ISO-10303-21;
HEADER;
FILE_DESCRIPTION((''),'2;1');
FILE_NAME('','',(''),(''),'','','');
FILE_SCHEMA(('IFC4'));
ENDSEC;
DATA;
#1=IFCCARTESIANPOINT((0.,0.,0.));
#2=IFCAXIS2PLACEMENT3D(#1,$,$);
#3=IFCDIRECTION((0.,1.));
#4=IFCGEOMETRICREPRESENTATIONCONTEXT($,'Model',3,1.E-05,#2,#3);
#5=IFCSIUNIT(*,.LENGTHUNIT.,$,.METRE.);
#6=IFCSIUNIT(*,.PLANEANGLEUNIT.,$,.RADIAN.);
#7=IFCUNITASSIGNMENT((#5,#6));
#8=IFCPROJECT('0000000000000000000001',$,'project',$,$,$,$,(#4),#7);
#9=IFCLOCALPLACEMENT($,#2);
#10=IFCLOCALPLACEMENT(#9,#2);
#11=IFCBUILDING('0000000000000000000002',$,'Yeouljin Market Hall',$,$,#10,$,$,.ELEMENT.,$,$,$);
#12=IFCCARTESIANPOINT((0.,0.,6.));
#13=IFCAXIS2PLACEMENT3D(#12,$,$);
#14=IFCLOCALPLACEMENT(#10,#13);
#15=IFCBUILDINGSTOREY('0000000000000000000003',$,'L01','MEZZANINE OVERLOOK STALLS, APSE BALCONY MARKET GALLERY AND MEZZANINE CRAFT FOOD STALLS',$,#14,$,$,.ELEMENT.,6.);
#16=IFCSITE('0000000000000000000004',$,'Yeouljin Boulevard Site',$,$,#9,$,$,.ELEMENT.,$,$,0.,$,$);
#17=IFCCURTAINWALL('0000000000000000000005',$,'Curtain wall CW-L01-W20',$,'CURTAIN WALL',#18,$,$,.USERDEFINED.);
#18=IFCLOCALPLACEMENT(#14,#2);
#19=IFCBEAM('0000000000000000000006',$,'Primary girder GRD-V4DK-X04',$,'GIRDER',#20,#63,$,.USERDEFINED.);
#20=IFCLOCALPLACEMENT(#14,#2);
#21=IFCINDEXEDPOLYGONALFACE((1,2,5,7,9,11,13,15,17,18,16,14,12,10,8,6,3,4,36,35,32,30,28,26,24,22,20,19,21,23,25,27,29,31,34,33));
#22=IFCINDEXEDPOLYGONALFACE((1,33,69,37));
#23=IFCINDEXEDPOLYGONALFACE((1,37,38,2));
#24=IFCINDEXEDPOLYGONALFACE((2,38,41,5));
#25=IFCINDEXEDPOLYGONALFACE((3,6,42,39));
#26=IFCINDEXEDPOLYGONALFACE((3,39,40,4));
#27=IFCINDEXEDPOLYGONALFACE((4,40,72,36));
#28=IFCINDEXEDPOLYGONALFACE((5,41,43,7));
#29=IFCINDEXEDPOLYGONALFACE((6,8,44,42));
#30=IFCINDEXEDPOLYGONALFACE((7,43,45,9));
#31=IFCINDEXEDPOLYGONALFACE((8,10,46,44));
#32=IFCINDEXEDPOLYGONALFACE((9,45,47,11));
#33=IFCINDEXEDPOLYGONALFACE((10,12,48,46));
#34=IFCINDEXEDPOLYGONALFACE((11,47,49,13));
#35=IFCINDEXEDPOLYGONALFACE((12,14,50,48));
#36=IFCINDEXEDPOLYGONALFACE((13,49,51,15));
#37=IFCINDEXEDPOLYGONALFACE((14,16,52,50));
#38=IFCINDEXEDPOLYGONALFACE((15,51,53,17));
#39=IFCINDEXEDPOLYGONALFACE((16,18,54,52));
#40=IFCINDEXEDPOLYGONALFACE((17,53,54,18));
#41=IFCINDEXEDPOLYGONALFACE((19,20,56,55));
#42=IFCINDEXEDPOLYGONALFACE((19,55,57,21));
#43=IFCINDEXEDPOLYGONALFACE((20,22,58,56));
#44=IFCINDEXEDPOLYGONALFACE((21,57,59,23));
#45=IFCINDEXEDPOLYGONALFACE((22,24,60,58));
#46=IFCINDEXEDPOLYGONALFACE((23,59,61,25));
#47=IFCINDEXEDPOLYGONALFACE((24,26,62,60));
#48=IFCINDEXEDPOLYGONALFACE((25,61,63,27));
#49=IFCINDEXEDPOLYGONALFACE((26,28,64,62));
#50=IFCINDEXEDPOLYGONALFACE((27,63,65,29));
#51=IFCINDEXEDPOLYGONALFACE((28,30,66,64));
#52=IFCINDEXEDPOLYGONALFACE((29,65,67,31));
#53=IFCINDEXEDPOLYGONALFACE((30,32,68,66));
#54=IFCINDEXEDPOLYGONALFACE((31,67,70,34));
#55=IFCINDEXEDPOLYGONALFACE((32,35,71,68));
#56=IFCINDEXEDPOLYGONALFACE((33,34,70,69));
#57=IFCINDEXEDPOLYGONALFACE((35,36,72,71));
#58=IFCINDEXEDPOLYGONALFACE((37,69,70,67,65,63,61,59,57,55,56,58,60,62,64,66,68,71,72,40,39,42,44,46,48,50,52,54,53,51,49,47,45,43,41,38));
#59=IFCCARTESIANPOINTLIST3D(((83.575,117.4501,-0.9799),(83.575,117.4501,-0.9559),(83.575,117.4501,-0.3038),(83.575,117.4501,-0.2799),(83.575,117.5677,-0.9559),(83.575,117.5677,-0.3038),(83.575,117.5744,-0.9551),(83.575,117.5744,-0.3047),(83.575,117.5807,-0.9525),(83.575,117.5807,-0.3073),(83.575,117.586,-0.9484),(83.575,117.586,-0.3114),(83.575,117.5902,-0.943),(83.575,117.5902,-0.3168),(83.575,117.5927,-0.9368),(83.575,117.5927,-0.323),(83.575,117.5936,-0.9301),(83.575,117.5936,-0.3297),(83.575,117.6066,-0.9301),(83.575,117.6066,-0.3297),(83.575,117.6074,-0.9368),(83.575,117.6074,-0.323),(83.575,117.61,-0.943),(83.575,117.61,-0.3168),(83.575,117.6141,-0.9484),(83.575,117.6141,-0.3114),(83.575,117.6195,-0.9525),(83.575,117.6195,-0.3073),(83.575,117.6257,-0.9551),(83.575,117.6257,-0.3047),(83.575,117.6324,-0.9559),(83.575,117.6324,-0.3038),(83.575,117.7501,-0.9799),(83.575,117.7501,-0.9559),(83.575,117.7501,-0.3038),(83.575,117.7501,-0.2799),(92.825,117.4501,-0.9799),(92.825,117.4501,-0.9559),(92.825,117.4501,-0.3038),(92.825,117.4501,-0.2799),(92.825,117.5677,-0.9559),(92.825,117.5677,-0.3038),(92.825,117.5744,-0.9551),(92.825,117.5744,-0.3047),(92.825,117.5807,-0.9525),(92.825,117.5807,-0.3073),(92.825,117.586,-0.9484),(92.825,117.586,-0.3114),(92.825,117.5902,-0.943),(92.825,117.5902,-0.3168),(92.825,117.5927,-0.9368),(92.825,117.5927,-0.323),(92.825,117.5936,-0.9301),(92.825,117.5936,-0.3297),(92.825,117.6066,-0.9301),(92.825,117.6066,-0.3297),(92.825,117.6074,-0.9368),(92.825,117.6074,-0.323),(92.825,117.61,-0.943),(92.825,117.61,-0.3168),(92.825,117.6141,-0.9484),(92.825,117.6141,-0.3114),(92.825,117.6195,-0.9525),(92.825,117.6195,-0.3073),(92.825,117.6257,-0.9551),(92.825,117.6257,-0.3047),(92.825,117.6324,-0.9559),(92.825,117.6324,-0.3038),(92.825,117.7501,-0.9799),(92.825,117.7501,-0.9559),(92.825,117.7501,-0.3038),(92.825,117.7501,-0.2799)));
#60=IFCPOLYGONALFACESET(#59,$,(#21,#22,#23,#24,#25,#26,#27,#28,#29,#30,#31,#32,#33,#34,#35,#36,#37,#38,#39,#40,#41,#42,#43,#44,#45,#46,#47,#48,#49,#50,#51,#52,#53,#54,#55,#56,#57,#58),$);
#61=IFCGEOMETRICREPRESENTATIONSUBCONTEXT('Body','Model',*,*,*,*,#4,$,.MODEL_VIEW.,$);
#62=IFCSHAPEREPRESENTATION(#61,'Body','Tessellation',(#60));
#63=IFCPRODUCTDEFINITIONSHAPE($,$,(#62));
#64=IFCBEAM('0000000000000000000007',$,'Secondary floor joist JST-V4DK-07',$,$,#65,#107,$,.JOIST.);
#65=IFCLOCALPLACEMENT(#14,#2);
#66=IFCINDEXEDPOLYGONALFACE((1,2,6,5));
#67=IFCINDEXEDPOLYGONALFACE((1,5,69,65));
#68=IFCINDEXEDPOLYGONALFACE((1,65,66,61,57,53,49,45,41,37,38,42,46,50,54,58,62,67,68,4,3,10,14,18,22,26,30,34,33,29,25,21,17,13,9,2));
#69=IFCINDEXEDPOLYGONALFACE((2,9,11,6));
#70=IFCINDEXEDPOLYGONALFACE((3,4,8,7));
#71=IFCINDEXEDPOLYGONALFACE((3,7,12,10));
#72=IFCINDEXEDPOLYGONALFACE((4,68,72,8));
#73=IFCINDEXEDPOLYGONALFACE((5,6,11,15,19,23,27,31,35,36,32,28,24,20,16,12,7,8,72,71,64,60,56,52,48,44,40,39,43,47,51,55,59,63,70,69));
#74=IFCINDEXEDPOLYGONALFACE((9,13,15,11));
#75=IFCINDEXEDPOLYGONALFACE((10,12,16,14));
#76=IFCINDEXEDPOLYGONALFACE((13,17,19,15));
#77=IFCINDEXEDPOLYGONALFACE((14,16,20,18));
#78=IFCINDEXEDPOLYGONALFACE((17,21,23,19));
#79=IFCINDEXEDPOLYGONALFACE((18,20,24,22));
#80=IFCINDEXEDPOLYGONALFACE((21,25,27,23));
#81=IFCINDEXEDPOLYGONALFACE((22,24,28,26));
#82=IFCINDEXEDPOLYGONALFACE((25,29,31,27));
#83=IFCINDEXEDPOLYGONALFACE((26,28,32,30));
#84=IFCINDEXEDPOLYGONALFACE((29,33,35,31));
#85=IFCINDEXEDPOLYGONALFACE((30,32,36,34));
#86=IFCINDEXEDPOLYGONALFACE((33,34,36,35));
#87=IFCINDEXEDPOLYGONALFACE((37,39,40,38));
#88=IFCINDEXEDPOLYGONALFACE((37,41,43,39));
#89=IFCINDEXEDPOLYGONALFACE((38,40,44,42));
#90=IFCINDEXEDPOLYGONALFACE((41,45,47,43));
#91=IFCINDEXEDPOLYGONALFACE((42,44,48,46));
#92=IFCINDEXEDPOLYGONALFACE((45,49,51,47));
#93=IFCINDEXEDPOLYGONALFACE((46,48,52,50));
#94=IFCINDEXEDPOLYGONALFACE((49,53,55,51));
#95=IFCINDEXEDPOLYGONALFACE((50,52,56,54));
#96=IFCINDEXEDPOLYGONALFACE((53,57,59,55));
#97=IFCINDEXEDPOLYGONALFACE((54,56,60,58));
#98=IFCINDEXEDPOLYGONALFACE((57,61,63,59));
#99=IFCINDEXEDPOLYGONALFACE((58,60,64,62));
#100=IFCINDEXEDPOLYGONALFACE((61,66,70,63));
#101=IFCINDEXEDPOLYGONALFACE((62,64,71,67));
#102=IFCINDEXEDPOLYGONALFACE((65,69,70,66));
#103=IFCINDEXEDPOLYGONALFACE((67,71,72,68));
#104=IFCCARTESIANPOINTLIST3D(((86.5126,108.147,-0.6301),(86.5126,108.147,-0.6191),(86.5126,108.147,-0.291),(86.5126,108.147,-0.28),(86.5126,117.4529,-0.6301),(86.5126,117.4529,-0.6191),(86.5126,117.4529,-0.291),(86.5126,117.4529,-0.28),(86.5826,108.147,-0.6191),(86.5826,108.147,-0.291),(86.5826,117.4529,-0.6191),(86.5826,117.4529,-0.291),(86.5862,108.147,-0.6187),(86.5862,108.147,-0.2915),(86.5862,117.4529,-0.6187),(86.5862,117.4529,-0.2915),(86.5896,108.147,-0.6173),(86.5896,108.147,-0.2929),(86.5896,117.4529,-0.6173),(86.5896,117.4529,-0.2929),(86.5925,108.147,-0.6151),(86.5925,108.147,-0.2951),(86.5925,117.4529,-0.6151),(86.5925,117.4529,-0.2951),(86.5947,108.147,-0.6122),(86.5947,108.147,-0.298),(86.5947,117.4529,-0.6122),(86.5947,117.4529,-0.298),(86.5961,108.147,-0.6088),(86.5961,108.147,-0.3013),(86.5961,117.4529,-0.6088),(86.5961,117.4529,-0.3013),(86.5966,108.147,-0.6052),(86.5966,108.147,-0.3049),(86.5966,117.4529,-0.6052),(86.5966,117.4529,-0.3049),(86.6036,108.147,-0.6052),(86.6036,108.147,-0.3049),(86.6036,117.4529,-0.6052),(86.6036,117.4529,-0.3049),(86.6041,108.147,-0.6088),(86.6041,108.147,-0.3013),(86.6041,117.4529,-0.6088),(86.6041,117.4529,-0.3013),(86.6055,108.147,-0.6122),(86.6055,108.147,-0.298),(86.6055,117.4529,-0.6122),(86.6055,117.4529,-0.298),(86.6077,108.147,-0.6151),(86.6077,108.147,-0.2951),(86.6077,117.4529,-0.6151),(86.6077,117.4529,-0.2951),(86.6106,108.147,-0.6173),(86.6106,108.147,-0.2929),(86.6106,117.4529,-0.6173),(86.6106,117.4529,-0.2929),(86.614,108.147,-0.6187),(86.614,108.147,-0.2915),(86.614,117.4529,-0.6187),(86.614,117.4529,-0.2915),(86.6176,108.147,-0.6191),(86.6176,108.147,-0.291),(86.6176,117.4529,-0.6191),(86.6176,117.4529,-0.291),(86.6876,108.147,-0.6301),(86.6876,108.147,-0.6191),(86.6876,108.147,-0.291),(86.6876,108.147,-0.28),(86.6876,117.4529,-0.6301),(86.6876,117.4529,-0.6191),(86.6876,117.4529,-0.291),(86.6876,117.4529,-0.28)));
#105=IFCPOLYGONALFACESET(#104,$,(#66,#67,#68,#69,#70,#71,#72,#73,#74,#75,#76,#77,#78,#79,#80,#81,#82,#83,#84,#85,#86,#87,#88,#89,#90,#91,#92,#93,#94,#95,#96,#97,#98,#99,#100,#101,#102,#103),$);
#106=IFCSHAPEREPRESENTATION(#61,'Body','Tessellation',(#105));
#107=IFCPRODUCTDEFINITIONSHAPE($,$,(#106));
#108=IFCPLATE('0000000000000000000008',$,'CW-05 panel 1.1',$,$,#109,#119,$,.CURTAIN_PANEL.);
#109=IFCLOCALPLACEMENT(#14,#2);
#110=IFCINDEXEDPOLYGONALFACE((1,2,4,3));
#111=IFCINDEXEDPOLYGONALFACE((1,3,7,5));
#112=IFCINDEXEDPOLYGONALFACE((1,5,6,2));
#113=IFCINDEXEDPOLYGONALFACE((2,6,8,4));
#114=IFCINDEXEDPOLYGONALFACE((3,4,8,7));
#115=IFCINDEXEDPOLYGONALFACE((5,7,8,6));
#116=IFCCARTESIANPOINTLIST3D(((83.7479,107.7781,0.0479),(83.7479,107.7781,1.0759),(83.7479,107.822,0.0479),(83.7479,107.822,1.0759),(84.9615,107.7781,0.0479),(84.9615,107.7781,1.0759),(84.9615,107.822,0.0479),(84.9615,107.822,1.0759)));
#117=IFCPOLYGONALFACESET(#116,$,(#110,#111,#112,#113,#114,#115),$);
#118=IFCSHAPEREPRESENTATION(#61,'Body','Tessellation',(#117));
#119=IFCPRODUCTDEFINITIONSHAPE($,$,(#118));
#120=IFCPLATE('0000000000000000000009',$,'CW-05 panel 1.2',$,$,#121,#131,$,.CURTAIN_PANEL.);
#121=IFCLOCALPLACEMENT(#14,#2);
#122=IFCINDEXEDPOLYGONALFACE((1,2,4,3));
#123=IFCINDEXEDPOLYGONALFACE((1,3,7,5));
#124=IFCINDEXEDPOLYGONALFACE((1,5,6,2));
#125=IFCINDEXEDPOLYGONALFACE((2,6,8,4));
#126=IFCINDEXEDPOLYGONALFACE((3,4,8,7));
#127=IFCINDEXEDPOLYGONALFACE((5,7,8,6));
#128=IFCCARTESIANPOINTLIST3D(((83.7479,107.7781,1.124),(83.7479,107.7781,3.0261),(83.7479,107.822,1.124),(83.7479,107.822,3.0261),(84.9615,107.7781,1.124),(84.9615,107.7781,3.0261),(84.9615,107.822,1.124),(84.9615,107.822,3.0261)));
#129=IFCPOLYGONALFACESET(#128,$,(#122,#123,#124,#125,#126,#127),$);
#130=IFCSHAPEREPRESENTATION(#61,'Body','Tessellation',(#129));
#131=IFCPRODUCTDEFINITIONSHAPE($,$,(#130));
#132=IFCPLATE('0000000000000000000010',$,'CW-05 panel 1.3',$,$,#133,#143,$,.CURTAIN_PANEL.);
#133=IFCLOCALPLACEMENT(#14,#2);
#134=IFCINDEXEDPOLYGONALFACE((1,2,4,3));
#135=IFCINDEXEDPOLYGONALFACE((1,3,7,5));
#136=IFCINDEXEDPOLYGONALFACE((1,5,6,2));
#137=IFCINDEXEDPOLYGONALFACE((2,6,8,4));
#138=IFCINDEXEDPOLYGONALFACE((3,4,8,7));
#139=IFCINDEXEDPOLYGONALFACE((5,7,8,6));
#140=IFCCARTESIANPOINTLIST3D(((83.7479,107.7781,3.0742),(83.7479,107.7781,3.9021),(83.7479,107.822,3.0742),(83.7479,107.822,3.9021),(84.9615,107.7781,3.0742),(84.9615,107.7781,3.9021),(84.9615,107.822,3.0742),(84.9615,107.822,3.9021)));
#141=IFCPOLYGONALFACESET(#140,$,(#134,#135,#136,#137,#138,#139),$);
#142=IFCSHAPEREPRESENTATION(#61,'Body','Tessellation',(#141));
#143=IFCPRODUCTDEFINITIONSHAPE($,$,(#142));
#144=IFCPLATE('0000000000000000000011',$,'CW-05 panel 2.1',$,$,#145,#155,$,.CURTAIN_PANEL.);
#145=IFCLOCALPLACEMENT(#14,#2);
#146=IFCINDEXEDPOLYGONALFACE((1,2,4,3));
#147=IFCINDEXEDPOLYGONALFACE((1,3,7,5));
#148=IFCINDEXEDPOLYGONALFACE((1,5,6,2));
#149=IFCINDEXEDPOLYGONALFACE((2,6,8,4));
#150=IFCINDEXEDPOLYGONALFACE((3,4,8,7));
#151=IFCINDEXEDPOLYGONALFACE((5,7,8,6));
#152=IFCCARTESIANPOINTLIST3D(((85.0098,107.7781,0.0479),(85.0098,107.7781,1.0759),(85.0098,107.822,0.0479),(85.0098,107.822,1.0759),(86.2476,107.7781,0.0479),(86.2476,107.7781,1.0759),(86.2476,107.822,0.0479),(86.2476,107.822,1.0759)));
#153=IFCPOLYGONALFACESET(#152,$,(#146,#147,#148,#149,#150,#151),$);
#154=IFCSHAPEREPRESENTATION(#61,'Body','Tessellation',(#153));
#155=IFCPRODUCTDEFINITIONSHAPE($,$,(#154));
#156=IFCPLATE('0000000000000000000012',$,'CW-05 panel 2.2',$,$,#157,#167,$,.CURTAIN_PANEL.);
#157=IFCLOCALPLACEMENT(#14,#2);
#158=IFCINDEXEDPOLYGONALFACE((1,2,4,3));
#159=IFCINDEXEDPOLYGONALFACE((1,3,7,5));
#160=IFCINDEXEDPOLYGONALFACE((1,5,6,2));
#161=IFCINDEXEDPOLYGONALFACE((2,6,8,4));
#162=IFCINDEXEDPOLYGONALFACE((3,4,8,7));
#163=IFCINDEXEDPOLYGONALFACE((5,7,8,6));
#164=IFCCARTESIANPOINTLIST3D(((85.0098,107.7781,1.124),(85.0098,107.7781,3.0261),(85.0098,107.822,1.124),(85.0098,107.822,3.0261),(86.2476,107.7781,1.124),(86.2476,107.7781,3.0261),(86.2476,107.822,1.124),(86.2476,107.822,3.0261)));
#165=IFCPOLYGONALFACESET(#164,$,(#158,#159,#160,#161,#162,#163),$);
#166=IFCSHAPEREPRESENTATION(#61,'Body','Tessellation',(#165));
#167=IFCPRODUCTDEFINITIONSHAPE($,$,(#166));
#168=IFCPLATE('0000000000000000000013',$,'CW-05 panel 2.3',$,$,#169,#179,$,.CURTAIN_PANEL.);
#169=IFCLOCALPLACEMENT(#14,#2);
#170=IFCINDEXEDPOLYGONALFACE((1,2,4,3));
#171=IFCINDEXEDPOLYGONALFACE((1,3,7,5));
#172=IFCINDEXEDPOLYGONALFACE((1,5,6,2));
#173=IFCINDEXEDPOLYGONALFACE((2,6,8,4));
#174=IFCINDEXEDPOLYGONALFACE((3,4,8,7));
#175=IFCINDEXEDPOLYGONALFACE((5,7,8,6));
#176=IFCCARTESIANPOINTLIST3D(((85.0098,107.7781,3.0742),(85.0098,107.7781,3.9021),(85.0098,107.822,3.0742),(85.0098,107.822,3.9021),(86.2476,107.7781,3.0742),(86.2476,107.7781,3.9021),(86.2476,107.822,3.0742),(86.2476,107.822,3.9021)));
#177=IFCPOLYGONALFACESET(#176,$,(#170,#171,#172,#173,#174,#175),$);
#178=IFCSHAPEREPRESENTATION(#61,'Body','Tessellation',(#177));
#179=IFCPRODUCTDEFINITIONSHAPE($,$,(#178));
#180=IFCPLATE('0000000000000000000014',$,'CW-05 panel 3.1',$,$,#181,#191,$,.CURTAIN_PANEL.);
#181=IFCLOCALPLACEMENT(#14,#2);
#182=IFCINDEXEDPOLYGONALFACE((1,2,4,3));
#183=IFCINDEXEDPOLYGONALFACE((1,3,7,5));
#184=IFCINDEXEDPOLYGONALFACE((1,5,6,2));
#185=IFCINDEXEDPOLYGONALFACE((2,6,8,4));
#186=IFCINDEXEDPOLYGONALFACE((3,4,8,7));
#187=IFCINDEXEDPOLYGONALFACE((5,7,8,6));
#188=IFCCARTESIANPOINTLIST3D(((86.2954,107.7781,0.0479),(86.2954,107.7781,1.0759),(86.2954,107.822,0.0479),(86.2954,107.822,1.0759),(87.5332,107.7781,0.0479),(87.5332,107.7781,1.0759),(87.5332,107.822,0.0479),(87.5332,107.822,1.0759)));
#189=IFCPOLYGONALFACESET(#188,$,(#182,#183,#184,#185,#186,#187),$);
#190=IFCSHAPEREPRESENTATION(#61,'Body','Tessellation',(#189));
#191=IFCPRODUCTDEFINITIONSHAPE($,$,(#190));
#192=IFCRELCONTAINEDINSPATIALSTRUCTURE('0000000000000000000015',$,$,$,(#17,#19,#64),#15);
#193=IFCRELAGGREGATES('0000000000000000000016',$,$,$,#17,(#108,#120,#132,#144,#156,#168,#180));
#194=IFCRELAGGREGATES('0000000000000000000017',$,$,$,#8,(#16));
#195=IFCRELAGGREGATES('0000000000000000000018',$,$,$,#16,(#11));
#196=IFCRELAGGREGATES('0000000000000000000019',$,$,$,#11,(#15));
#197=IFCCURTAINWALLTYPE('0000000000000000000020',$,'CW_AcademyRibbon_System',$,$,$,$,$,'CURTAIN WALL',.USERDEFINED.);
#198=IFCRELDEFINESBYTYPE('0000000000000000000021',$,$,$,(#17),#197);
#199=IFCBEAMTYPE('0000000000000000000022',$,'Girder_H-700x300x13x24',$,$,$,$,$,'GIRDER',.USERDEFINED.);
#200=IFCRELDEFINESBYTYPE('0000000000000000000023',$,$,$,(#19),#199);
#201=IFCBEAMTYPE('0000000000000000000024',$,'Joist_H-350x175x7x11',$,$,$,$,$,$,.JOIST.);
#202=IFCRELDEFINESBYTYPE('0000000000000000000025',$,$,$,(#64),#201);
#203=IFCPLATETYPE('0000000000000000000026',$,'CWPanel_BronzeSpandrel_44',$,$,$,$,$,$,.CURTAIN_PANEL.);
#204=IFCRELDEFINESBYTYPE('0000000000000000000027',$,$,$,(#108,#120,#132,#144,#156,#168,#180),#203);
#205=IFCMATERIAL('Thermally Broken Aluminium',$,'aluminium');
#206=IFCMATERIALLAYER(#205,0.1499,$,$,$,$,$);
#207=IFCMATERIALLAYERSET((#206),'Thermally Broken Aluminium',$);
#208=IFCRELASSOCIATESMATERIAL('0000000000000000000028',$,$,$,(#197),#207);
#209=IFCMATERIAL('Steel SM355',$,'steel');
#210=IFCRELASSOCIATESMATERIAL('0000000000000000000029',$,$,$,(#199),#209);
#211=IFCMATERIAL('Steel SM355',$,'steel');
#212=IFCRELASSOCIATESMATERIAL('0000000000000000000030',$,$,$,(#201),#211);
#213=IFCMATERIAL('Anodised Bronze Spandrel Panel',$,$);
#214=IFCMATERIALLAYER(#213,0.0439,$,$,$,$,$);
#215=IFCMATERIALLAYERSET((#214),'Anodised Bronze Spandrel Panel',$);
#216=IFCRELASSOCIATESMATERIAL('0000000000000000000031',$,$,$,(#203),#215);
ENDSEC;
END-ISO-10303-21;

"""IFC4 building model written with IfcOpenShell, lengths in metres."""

from ifc_helpers import new_model, si_unit, direction, frame, origin, origin_2d, place, context, subcontext, project, spatial, rectangle, i_section, extrude, material, layer, layer_set, material_profile, profile_set, type_object, element, aggregate, save


model = new_model("IFC4")

# Units and contexts
model_context = context("Model", 3, precision=1e-05, world=origin(), true_north=direction((0.0, 1.0)))
body_context = subcontext(model_context, "Body", "Model", "MODEL_VIEW")
ifc_project = project(units=[si_unit("LENGTHUNIT", "METRE"), si_unit("PLANEANGLEUNIT", "RADIAN")], contexts=[model_context])

# Site, building, storey
site_placement = place(None, origin())
site = spatial("IfcSite", under=ifc_project, at=site_placement, Name="Yeouljin Boulevard Site", CompositionType="ELEMENT", RefElevation=0.0)
building_placement = place(site_placement, origin())
building = spatial("IfcBuilding", under=site, at=building_placement, Name="Yeouljin Market Hall", CompositionType="ELEMENT")
storey_placement = place(building_placement, frame((0.0, 0.0, 6.0)))
storey = spatial("IfcBuildingStorey", under=building, at=storey_placement, Name="L01", Description="MEZZANINE OVERLOOK STALLS, APSE BALCONY MARKET GALLERY AND MEZZANINE CRAFT FOOD STALLS", CompositionType="ELEMENT", Elevation=6.0)

# Curtain wall
ifc_material_1 = material(Name="Thermally Broken Aluminium", Category="aluminium")
ifc_layer_1 = layer(ifc_material_1, 0.1499)
ifc_layer_set_1 = layer_set([ifc_layer_1], Name="Thermally Broken Aluminium")
curtain_wall_type = type_object("IfcCurtainWallType", Name="CW_AcademyRibbon_System", ElementType="CURTAIN WALL", PredefinedType="USERDEFINED", material=ifc_layer_set_1)
curtain_wall_placement = place(storey_placement, origin())
curtain_wall = element("IfcCurtainWall", 1, at=curtain_wall_placement, inside=storey, type_object=curtain_wall_type, Name="Curtain wall CW-L01-W20", ObjectType="CURTAIN WALL", PredefinedType="USERDEFINED")

# Beams
ifc_material_2 = material(Name="Steel SM355", Category="steel")
ifc_material_profile_1 = material_profile(ifc_material_2, i_section(OverallWidth=0.3, OverallDepth=0.7, WebThickness=0.0129, FlangeThickness=0.0239, FilletRadius=0.0259, at=origin_2d()), Name="H-700x300x13x24")
ifc_profile_set_1 = profile_set([ifc_material_profile_1], Name="Steel SM355")
beam_type_1 = type_object("IfcBeamType", Name="Girder_H-700x300x13x24", ElementType="GIRDER", PredefinedType="USERDEFINED", material=ifc_profile_set_1)
beam_1_placement = place(storey_placement, frame((83.575, 117.6001, -0.6299), z_axis=(1.0, 0.0, 0.0), x_axis=(0.0, 1.0, 0.0)))
element("IfcBeam", 2, at=beam_1_placement, inside=storey, type_object=beam_type_1, Name="Primary girder GRD-V4DK-X04", ObjectType="GIRDER", PredefinedType="USERDEFINED", context=body_context, shape_type="SweptSolid", body=[
    extrude(i_section(OverallWidth=0.3, OverallDepth=0.7, WebThickness=0.0129, FlangeThickness=0.0239, FilletRadius=0.0259, at=origin_2d()), origin(), (0.0, 0.0, 1.0), 9.25),
])
ifc_material_3 = material(Name="Steel SM355", Category="steel")
ifc_material_profile_2 = material_profile(ifc_material_3, i_section(OverallWidth=0.175, OverallDepth=0.3501, WebThickness=0.0071, FlangeThickness=0.011, FilletRadius=0.0139, at=origin_2d()), Name="H-350x175x7x11")
ifc_profile_set_2 = profile_set([ifc_material_profile_2], Name="Steel SM355")
beam_type_2 = type_object("IfcBeamType", Name="Joist_H-350x175x7x11", PredefinedType="JOIST", material=ifc_profile_set_2)
beam_2_placement = place(storey_placement, frame((86.6001, 108.147, -0.4551), z_axis=(0.0, 1.0, 0.0), x_axis=(-1.0, 0.0, 0.0)))
element("IfcBeam", 3, at=beam_2_placement, inside=storey, type_object=beam_type_2, Name="Secondary floor joist JST-V4DK-07", PredefinedType="JOIST", context=body_context, shape_type="SweptSolid", body=[
    extrude(i_section(OverallWidth=0.175, OverallDepth=0.3501, WebThickness=0.0071, FlangeThickness=0.011, FilletRadius=0.0139, at=origin_2d()), origin(), (0.0, 0.0, 1.0), 9.3059),
])

# Plates
ifc_material_4 = material(Name="Anodised Bronze Spandrel Panel")
ifc_layer_2 = layer(ifc_material_4, 0.0439)
ifc_layer_set_2 = layer_set([ifc_layer_2], Name="Anodised Bronze Spandrel Panel")
plate_type = type_object("IfcPlateType", Name="CWPanel_BronzeSpandrel_44", PredefinedType="CURTAIN_PANEL", material=ifc_layer_set_2)
plate_1_placement = place(storey_placement, frame((84.3547, 107.8, 0.0479), z_axis=(0.0, 0.0, 1.0), x_axis=(1.0, 0.0, 0.0)))
plate_1 = element("IfcPlate", 4, at=plate_1_placement, type_object=plate_type, Name="CW-05 panel 1.1", PredefinedType="CURTAIN_PANEL", context=body_context, shape_type="SweptSolid", body=[
    extrude(rectangle(XDim=1.2136, YDim=0.0439, at=origin_2d()), origin(), (0.0, 0.0, 1.0), 1.0281),
])
plate_2_placement = place(storey_placement, frame((84.3547, 107.8, 1.124), z_axis=(0.0, 0.0, 1.0), x_axis=(1.0, 0.0, 0.0)))
plate_2 = element("IfcPlate", 5, at=plate_2_placement, type_object=plate_type, Name="CW-05 panel 1.2", PredefinedType="CURTAIN_PANEL", context=body_context, shape_type="SweptSolid", body=[
    extrude(rectangle(XDim=1.2136, YDim=0.0439, at=origin_2d()), origin(), (0.0, 0.0, 1.0), 1.9021),
])
plate_3_placement = place(storey_placement, frame((84.3547, 107.8, 3.0742), z_axis=(0.0, 0.0, 1.0), x_axis=(1.0, 0.0, 0.0)))
plate_3 = element("IfcPlate", 6, at=plate_3_placement, type_object=plate_type, Name="CW-05 panel 1.3", PredefinedType="CURTAIN_PANEL", context=body_context, shape_type="SweptSolid", body=[
    extrude(rectangle(XDim=1.2136, YDim=0.0439, at=origin_2d()), origin(), (0.0, 0.0, 1.0), 0.8279),
])
plate_4_placement = place(storey_placement, frame((85.6287, 107.8, 0.0479), z_axis=(0.0, 0.0, 1.0), x_axis=(1.0, 0.0, 0.0)))
plate_4 = element("IfcPlate", 7, at=plate_4_placement, type_object=plate_type, Name="CW-05 panel 2.1", PredefinedType="CURTAIN_PANEL", context=body_context, shape_type="SweptSolid", body=[
    extrude(rectangle(XDim=1.2378, YDim=0.0439, at=origin_2d()), origin(), (0.0, 0.0, 1.0), 1.0281),
])
plate_5_placement = place(storey_placement, frame((85.6287, 107.8, 1.124), z_axis=(0.0, 0.0, 1.0), x_axis=(1.0, 0.0, 0.0)))
plate_5 = element("IfcPlate", 8, at=plate_5_placement, type_object=plate_type, Name="CW-05 panel 2.2", PredefinedType="CURTAIN_PANEL", context=body_context, shape_type="SweptSolid", body=[
    extrude(rectangle(XDim=1.2378, YDim=0.0439, at=origin_2d()), origin(), (0.0, 0.0, 1.0), 1.9021),
])
plate_6_placement = place(storey_placement, frame((85.6287, 107.8, 3.0742), z_axis=(0.0, 0.0, 1.0), x_axis=(1.0, 0.0, 0.0)))
plate_6 = element("IfcPlate", 9, at=plate_6_placement, type_object=plate_type, Name="CW-05 panel 2.3", PredefinedType="CURTAIN_PANEL", context=body_context, shape_type="SweptSolid", body=[
    extrude(rectangle(XDim=1.2378, YDim=0.0439, at=origin_2d()), origin(), (0.0, 0.0, 1.0), 0.8279),
])
plate_7_placement = place(storey_placement, frame((86.9143, 107.8, 0.0479), z_axis=(0.0, 0.0, 1.0), x_axis=(1.0, 0.0, 0.0)))
plate_7 = element("IfcPlate", 10, at=plate_7_placement, type_object=plate_type, Name="CW-05 panel 3.1", PredefinedType="CURTAIN_PANEL", context=body_context, shape_type="SweptSolid", body=[
    extrude(rectangle(XDim=1.2378, YDim=0.0439, at=origin_2d()), origin(), (0.0, 0.0, 1.0), 1.0281),
])
aggregate(curtain_wall, [plate_1, plate_2, plate_3, plate_4, plate_5, plate_6, plate_7])

save(model, "model.ifc")
